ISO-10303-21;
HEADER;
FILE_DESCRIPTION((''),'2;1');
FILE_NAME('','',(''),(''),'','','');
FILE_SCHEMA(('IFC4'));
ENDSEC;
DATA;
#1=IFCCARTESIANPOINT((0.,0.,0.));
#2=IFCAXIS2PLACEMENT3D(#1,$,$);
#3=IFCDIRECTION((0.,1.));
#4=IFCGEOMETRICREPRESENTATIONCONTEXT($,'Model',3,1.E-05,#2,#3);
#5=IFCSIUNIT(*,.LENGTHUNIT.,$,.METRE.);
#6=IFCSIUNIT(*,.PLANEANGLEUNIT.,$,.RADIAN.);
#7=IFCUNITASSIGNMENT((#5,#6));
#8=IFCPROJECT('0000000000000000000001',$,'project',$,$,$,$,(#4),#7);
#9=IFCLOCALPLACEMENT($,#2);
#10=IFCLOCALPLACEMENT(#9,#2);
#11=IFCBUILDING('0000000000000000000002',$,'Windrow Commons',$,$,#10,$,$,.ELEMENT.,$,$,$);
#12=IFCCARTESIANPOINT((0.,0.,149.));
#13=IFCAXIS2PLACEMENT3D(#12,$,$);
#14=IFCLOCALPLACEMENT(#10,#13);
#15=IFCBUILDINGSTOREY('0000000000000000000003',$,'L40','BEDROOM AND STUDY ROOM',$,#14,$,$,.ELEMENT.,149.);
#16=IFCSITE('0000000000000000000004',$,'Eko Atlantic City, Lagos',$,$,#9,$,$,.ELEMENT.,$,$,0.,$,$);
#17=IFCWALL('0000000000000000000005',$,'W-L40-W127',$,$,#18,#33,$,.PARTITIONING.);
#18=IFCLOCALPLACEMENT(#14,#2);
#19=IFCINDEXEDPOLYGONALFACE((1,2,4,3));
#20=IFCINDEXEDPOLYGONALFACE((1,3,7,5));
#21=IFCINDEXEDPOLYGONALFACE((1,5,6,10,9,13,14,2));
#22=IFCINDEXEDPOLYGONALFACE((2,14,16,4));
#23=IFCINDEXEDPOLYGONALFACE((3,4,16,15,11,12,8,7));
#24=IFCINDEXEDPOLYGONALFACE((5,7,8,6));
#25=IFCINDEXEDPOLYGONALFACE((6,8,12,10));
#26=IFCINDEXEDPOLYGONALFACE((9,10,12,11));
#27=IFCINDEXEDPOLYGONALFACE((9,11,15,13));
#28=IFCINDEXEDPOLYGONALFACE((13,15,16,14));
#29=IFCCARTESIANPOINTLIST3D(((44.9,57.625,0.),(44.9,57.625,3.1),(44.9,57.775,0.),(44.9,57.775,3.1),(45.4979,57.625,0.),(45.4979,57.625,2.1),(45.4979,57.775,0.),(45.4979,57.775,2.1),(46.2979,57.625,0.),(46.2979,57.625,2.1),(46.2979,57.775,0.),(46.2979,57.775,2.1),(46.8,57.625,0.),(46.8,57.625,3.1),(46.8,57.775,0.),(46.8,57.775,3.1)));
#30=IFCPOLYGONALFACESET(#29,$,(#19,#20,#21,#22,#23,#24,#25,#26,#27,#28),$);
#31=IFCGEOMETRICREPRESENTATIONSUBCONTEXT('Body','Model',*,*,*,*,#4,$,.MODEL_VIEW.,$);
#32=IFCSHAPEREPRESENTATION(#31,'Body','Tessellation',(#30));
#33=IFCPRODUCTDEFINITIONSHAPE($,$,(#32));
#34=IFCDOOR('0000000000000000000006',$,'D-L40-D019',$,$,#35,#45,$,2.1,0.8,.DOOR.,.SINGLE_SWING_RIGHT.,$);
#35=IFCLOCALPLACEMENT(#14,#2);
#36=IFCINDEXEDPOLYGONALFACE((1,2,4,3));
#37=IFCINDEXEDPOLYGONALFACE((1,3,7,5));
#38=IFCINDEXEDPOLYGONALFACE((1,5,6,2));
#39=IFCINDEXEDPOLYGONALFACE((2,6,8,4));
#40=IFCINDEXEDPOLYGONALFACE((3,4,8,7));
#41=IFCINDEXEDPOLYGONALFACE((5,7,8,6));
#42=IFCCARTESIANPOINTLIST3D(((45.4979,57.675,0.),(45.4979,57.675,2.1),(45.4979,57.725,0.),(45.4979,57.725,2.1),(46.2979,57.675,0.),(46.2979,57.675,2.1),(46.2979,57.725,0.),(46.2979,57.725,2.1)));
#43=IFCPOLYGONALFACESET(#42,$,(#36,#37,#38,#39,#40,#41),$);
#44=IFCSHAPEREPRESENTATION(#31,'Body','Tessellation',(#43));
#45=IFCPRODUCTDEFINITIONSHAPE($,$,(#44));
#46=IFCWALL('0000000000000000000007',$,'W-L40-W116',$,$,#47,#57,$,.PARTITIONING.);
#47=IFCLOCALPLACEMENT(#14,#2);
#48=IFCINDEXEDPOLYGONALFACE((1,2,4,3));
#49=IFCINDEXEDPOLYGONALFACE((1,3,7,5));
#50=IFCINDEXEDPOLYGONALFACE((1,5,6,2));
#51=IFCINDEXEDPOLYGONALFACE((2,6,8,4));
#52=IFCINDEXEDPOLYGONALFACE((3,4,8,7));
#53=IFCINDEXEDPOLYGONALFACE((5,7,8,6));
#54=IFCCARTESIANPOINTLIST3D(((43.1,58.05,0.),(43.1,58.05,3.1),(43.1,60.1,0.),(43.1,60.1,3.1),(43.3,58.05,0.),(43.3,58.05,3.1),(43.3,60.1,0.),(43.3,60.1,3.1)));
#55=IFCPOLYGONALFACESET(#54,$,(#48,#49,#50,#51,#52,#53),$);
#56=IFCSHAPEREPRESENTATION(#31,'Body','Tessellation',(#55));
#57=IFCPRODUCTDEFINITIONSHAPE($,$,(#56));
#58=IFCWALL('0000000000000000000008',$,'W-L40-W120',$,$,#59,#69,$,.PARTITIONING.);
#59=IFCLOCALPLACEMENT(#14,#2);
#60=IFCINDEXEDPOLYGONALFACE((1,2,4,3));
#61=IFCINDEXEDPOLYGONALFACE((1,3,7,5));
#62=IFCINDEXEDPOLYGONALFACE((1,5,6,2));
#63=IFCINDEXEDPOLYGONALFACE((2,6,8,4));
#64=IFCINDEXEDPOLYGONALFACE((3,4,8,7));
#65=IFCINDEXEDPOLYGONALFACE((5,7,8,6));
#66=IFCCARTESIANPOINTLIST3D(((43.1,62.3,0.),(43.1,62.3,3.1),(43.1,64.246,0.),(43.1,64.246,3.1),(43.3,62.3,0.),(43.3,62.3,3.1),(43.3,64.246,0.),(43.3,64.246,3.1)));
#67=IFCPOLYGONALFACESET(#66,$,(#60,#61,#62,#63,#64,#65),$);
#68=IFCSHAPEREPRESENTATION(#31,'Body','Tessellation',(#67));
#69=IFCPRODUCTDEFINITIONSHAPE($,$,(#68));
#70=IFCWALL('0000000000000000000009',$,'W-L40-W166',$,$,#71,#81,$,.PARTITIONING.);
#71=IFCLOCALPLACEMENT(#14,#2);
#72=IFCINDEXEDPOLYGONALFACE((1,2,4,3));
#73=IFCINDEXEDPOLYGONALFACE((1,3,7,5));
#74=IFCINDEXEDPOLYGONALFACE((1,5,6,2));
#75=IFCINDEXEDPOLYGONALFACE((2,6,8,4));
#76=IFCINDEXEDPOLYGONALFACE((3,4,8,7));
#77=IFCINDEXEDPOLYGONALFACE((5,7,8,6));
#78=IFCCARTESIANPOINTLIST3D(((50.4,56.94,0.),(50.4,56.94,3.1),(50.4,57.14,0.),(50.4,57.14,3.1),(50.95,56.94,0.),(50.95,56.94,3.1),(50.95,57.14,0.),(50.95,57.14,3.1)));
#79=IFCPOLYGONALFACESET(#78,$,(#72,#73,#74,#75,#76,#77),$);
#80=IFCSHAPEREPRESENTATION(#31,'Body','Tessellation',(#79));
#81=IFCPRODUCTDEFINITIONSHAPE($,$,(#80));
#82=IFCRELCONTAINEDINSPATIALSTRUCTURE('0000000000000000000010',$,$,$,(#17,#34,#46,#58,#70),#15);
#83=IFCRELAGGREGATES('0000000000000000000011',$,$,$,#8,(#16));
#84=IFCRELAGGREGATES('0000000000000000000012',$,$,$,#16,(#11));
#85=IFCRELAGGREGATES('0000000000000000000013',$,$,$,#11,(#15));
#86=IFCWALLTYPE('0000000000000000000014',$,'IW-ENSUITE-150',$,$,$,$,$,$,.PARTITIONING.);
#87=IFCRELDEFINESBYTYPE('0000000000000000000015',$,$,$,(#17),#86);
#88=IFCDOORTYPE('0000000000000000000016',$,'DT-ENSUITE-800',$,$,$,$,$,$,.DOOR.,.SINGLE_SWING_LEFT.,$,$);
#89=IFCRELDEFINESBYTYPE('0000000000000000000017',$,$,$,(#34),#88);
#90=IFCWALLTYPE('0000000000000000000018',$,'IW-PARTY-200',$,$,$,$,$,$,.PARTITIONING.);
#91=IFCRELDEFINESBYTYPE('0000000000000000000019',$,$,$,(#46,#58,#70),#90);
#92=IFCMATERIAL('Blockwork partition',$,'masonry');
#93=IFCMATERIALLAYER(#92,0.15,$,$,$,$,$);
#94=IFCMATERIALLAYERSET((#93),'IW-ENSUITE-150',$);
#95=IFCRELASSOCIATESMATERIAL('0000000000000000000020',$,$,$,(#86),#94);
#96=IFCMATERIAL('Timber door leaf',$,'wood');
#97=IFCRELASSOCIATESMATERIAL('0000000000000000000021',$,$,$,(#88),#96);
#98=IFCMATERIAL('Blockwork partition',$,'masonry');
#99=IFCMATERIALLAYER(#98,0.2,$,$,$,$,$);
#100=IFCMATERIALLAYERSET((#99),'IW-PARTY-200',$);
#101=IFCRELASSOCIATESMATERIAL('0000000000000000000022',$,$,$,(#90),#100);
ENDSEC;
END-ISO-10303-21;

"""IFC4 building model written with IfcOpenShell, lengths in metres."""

from ifc_helpers import new_model, si_unit, direction, frame, frame_2d, origin, place, context, subcontext, project, spatial, rectangle, extrude, material, layer, layer_set, type_object, element, fill, save


model = new_model("IFC4")

# Units and contexts
model_context = context("Model", 3, precision=1e-05, world=origin(), true_north=direction((0.0, 1.0)))
body_context = subcontext(model_context, "Body", "Model", "MODEL_VIEW")
ifc_project = project(units=[si_unit("LENGTHUNIT", "METRE"), si_unit("PLANEANGLEUNIT", "RADIAN")], contexts=[model_context])

# Site, building, storey
site_placement = place(None, origin())
site = spatial("IfcSite", under=ifc_project, at=site_placement, Name="Eko Atlantic City, Lagos", CompositionType="ELEMENT", RefElevation=0.0)
building_placement = place(site_placement, origin())
building = spatial("IfcBuilding", under=site, at=building_placement, Name="Windrow Commons", CompositionType="ELEMENT")
storey_placement = place(building_placement, frame((0.0, 0.0, 149.0)))
storey = spatial("IfcBuildingStorey", under=building, at=storey_placement, Name="L40", Description="BEDROOM AND STUDY ROOM", CompositionType="ELEMENT", Elevation=149.0)

# Shared definitions
ifc_material_1 = material(Name="Blockwork partition", Category="masonry")
ifc_layer_1 = layer(ifc_material_1, 0.15)
ifc_layer_set_1 = layer_set([ifc_layer_1], Name="IW-ENSUITE-150")
wall_type_1 = type_object("IfcWallType", Name="IW-ENSUITE-150", PredefinedType="PARTITIONING", material=ifc_layer_set_1)

# Wall, opening, door
wall_1_placement = place(storey_placement, frame((44.9, 57.7, 0.0), z_axis=(0.0, 0.0, 1.0), x_axis=(1.0, 0.0, 0.0)))
wall_1 = element("IfcWall", 1, at=wall_1_placement, inside=storey, type_object=wall_type_1, Name="W-L40-W127", PredefinedType="PARTITIONING", context=body_context, shape_type="SweptSolid", body=[
    extrude(rectangle(XDim=1.9, YDim=0.15, at=frame_2d((0.95, 0.0))), origin(), (0.0, 0.0, 1.0), 3.1),
])
opening_1_placement = place(wall_1_placement, frame((0.5979, 0.0, 0.0)))
opening_1 = element("IfcOpeningElement", 2, at=opening_1_placement, cuts=wall_1, PredefinedType="OPENING", context=body_context, shape_type="SweptSolid", body=[
    extrude(rectangle(XDim=0.8, YDim=2.1, at=frame_2d((0.4, 1.05))), frame((0.0, 0.085, 0.0), z_axis=(0.0, -1.0, 0.0), x_axis=(1.0, 0.0, 0.0)), (0.0, 0.0, 1.0), 0.17),
])
ifc_material_2 = material(Name="Timber door leaf", Category="wood")
door_type_1 = type_object("IfcDoorType", Name="DT-ENSUITE-800", OperationType="SINGLE_SWING_LEFT", PredefinedType="DOOR", material=ifc_material_2)
door_1_placement = place(opening_1_placement, origin())
door_1 = element("IfcDoor", 3, at=door_1_placement, inside=storey, type_object=door_type_1, Name="D-L40-D019", OperationType="SINGLE_SWING_RIGHT", OverallHeight=2.1, OverallWidth=0.8, PredefinedType="DOOR", context=body_context, shape_type="SweptSolid", body=[
    extrude(rectangle(XDim=0.8, YDim=2.1, at=frame_2d((0.4, 1.05))), frame((0.0, 0.025, 0.0), z_axis=(0.0, -1.0, 0.0), x_axis=(1.0, 0.0, 0.0)), (0.0, 0.0, 1.0), 0.05),
])
fill(opening_1, door_1)

# Walls
ifc_material_3 = material(Name="Blockwork partition", Category="masonry")
ifc_layer_2 = layer(ifc_material_3, 0.2)
ifc_layer_set_2 = layer_set([ifc_layer_2], Name="IW-PARTY-200")
wall_type_2 = type_object("IfcWallType", Name="IW-PARTY-200", PredefinedType="PARTITIONING", material=ifc_layer_set_2)
wall_2_placement = place(storey_placement, frame((43.2, 58.05, 0.0), z_axis=(0.0, 0.0, 1.0), x_axis=(0.0, 1.0, 0.0)))
element("IfcWall", 4, at=wall_2_placement, inside=storey, type_object=wall_type_2, Name="W-L40-W116", PredefinedType="PARTITIONING", context=body_context, shape_type="SweptSolid", body=[
    extrude(rectangle(XDim=2.05, YDim=0.2, at=frame_2d((1.025, 0.0))), origin(), (0.0, 0.0, 1.0), 3.1),
])
wall_3_placement = place(storey_placement, frame((43.2, 62.3, 0.0), z_axis=(0.0, 0.0, 1.0), x_axis=(0.0, 1.0, 0.0)))
element("IfcWall", 5, at=wall_3_placement, inside=storey, type_object=wall_type_2, Name="W-L40-W120", PredefinedType="PARTITIONING", context=body_context, shape_type="SweptSolid", body=[
    extrude(rectangle(XDim=1.946, YDim=0.2, at=frame_2d((0.973, 0.0))), origin(), (0.0, 0.0, 1.0), 3.1),
])
wall_4_placement = place(storey_placement, frame((50.4, 57.04, 0.0), z_axis=(0.0, 0.0, 1.0), x_axis=(1.0, 0.0, 0.0)))
element("IfcWall", 6, at=wall_4_placement, inside=storey, type_object=wall_type_2, Name="W-L40-W166", PredefinedType="PARTITIONING", context=body_context, shape_type="SweptSolid", body=[
    extrude(rectangle(XDim=0.55, YDim=0.2, at=frame_2d((0.275, 0.0))), origin(), (0.0, 0.0, 1.0), 3.1),
])

save(model, "model.ifc")
